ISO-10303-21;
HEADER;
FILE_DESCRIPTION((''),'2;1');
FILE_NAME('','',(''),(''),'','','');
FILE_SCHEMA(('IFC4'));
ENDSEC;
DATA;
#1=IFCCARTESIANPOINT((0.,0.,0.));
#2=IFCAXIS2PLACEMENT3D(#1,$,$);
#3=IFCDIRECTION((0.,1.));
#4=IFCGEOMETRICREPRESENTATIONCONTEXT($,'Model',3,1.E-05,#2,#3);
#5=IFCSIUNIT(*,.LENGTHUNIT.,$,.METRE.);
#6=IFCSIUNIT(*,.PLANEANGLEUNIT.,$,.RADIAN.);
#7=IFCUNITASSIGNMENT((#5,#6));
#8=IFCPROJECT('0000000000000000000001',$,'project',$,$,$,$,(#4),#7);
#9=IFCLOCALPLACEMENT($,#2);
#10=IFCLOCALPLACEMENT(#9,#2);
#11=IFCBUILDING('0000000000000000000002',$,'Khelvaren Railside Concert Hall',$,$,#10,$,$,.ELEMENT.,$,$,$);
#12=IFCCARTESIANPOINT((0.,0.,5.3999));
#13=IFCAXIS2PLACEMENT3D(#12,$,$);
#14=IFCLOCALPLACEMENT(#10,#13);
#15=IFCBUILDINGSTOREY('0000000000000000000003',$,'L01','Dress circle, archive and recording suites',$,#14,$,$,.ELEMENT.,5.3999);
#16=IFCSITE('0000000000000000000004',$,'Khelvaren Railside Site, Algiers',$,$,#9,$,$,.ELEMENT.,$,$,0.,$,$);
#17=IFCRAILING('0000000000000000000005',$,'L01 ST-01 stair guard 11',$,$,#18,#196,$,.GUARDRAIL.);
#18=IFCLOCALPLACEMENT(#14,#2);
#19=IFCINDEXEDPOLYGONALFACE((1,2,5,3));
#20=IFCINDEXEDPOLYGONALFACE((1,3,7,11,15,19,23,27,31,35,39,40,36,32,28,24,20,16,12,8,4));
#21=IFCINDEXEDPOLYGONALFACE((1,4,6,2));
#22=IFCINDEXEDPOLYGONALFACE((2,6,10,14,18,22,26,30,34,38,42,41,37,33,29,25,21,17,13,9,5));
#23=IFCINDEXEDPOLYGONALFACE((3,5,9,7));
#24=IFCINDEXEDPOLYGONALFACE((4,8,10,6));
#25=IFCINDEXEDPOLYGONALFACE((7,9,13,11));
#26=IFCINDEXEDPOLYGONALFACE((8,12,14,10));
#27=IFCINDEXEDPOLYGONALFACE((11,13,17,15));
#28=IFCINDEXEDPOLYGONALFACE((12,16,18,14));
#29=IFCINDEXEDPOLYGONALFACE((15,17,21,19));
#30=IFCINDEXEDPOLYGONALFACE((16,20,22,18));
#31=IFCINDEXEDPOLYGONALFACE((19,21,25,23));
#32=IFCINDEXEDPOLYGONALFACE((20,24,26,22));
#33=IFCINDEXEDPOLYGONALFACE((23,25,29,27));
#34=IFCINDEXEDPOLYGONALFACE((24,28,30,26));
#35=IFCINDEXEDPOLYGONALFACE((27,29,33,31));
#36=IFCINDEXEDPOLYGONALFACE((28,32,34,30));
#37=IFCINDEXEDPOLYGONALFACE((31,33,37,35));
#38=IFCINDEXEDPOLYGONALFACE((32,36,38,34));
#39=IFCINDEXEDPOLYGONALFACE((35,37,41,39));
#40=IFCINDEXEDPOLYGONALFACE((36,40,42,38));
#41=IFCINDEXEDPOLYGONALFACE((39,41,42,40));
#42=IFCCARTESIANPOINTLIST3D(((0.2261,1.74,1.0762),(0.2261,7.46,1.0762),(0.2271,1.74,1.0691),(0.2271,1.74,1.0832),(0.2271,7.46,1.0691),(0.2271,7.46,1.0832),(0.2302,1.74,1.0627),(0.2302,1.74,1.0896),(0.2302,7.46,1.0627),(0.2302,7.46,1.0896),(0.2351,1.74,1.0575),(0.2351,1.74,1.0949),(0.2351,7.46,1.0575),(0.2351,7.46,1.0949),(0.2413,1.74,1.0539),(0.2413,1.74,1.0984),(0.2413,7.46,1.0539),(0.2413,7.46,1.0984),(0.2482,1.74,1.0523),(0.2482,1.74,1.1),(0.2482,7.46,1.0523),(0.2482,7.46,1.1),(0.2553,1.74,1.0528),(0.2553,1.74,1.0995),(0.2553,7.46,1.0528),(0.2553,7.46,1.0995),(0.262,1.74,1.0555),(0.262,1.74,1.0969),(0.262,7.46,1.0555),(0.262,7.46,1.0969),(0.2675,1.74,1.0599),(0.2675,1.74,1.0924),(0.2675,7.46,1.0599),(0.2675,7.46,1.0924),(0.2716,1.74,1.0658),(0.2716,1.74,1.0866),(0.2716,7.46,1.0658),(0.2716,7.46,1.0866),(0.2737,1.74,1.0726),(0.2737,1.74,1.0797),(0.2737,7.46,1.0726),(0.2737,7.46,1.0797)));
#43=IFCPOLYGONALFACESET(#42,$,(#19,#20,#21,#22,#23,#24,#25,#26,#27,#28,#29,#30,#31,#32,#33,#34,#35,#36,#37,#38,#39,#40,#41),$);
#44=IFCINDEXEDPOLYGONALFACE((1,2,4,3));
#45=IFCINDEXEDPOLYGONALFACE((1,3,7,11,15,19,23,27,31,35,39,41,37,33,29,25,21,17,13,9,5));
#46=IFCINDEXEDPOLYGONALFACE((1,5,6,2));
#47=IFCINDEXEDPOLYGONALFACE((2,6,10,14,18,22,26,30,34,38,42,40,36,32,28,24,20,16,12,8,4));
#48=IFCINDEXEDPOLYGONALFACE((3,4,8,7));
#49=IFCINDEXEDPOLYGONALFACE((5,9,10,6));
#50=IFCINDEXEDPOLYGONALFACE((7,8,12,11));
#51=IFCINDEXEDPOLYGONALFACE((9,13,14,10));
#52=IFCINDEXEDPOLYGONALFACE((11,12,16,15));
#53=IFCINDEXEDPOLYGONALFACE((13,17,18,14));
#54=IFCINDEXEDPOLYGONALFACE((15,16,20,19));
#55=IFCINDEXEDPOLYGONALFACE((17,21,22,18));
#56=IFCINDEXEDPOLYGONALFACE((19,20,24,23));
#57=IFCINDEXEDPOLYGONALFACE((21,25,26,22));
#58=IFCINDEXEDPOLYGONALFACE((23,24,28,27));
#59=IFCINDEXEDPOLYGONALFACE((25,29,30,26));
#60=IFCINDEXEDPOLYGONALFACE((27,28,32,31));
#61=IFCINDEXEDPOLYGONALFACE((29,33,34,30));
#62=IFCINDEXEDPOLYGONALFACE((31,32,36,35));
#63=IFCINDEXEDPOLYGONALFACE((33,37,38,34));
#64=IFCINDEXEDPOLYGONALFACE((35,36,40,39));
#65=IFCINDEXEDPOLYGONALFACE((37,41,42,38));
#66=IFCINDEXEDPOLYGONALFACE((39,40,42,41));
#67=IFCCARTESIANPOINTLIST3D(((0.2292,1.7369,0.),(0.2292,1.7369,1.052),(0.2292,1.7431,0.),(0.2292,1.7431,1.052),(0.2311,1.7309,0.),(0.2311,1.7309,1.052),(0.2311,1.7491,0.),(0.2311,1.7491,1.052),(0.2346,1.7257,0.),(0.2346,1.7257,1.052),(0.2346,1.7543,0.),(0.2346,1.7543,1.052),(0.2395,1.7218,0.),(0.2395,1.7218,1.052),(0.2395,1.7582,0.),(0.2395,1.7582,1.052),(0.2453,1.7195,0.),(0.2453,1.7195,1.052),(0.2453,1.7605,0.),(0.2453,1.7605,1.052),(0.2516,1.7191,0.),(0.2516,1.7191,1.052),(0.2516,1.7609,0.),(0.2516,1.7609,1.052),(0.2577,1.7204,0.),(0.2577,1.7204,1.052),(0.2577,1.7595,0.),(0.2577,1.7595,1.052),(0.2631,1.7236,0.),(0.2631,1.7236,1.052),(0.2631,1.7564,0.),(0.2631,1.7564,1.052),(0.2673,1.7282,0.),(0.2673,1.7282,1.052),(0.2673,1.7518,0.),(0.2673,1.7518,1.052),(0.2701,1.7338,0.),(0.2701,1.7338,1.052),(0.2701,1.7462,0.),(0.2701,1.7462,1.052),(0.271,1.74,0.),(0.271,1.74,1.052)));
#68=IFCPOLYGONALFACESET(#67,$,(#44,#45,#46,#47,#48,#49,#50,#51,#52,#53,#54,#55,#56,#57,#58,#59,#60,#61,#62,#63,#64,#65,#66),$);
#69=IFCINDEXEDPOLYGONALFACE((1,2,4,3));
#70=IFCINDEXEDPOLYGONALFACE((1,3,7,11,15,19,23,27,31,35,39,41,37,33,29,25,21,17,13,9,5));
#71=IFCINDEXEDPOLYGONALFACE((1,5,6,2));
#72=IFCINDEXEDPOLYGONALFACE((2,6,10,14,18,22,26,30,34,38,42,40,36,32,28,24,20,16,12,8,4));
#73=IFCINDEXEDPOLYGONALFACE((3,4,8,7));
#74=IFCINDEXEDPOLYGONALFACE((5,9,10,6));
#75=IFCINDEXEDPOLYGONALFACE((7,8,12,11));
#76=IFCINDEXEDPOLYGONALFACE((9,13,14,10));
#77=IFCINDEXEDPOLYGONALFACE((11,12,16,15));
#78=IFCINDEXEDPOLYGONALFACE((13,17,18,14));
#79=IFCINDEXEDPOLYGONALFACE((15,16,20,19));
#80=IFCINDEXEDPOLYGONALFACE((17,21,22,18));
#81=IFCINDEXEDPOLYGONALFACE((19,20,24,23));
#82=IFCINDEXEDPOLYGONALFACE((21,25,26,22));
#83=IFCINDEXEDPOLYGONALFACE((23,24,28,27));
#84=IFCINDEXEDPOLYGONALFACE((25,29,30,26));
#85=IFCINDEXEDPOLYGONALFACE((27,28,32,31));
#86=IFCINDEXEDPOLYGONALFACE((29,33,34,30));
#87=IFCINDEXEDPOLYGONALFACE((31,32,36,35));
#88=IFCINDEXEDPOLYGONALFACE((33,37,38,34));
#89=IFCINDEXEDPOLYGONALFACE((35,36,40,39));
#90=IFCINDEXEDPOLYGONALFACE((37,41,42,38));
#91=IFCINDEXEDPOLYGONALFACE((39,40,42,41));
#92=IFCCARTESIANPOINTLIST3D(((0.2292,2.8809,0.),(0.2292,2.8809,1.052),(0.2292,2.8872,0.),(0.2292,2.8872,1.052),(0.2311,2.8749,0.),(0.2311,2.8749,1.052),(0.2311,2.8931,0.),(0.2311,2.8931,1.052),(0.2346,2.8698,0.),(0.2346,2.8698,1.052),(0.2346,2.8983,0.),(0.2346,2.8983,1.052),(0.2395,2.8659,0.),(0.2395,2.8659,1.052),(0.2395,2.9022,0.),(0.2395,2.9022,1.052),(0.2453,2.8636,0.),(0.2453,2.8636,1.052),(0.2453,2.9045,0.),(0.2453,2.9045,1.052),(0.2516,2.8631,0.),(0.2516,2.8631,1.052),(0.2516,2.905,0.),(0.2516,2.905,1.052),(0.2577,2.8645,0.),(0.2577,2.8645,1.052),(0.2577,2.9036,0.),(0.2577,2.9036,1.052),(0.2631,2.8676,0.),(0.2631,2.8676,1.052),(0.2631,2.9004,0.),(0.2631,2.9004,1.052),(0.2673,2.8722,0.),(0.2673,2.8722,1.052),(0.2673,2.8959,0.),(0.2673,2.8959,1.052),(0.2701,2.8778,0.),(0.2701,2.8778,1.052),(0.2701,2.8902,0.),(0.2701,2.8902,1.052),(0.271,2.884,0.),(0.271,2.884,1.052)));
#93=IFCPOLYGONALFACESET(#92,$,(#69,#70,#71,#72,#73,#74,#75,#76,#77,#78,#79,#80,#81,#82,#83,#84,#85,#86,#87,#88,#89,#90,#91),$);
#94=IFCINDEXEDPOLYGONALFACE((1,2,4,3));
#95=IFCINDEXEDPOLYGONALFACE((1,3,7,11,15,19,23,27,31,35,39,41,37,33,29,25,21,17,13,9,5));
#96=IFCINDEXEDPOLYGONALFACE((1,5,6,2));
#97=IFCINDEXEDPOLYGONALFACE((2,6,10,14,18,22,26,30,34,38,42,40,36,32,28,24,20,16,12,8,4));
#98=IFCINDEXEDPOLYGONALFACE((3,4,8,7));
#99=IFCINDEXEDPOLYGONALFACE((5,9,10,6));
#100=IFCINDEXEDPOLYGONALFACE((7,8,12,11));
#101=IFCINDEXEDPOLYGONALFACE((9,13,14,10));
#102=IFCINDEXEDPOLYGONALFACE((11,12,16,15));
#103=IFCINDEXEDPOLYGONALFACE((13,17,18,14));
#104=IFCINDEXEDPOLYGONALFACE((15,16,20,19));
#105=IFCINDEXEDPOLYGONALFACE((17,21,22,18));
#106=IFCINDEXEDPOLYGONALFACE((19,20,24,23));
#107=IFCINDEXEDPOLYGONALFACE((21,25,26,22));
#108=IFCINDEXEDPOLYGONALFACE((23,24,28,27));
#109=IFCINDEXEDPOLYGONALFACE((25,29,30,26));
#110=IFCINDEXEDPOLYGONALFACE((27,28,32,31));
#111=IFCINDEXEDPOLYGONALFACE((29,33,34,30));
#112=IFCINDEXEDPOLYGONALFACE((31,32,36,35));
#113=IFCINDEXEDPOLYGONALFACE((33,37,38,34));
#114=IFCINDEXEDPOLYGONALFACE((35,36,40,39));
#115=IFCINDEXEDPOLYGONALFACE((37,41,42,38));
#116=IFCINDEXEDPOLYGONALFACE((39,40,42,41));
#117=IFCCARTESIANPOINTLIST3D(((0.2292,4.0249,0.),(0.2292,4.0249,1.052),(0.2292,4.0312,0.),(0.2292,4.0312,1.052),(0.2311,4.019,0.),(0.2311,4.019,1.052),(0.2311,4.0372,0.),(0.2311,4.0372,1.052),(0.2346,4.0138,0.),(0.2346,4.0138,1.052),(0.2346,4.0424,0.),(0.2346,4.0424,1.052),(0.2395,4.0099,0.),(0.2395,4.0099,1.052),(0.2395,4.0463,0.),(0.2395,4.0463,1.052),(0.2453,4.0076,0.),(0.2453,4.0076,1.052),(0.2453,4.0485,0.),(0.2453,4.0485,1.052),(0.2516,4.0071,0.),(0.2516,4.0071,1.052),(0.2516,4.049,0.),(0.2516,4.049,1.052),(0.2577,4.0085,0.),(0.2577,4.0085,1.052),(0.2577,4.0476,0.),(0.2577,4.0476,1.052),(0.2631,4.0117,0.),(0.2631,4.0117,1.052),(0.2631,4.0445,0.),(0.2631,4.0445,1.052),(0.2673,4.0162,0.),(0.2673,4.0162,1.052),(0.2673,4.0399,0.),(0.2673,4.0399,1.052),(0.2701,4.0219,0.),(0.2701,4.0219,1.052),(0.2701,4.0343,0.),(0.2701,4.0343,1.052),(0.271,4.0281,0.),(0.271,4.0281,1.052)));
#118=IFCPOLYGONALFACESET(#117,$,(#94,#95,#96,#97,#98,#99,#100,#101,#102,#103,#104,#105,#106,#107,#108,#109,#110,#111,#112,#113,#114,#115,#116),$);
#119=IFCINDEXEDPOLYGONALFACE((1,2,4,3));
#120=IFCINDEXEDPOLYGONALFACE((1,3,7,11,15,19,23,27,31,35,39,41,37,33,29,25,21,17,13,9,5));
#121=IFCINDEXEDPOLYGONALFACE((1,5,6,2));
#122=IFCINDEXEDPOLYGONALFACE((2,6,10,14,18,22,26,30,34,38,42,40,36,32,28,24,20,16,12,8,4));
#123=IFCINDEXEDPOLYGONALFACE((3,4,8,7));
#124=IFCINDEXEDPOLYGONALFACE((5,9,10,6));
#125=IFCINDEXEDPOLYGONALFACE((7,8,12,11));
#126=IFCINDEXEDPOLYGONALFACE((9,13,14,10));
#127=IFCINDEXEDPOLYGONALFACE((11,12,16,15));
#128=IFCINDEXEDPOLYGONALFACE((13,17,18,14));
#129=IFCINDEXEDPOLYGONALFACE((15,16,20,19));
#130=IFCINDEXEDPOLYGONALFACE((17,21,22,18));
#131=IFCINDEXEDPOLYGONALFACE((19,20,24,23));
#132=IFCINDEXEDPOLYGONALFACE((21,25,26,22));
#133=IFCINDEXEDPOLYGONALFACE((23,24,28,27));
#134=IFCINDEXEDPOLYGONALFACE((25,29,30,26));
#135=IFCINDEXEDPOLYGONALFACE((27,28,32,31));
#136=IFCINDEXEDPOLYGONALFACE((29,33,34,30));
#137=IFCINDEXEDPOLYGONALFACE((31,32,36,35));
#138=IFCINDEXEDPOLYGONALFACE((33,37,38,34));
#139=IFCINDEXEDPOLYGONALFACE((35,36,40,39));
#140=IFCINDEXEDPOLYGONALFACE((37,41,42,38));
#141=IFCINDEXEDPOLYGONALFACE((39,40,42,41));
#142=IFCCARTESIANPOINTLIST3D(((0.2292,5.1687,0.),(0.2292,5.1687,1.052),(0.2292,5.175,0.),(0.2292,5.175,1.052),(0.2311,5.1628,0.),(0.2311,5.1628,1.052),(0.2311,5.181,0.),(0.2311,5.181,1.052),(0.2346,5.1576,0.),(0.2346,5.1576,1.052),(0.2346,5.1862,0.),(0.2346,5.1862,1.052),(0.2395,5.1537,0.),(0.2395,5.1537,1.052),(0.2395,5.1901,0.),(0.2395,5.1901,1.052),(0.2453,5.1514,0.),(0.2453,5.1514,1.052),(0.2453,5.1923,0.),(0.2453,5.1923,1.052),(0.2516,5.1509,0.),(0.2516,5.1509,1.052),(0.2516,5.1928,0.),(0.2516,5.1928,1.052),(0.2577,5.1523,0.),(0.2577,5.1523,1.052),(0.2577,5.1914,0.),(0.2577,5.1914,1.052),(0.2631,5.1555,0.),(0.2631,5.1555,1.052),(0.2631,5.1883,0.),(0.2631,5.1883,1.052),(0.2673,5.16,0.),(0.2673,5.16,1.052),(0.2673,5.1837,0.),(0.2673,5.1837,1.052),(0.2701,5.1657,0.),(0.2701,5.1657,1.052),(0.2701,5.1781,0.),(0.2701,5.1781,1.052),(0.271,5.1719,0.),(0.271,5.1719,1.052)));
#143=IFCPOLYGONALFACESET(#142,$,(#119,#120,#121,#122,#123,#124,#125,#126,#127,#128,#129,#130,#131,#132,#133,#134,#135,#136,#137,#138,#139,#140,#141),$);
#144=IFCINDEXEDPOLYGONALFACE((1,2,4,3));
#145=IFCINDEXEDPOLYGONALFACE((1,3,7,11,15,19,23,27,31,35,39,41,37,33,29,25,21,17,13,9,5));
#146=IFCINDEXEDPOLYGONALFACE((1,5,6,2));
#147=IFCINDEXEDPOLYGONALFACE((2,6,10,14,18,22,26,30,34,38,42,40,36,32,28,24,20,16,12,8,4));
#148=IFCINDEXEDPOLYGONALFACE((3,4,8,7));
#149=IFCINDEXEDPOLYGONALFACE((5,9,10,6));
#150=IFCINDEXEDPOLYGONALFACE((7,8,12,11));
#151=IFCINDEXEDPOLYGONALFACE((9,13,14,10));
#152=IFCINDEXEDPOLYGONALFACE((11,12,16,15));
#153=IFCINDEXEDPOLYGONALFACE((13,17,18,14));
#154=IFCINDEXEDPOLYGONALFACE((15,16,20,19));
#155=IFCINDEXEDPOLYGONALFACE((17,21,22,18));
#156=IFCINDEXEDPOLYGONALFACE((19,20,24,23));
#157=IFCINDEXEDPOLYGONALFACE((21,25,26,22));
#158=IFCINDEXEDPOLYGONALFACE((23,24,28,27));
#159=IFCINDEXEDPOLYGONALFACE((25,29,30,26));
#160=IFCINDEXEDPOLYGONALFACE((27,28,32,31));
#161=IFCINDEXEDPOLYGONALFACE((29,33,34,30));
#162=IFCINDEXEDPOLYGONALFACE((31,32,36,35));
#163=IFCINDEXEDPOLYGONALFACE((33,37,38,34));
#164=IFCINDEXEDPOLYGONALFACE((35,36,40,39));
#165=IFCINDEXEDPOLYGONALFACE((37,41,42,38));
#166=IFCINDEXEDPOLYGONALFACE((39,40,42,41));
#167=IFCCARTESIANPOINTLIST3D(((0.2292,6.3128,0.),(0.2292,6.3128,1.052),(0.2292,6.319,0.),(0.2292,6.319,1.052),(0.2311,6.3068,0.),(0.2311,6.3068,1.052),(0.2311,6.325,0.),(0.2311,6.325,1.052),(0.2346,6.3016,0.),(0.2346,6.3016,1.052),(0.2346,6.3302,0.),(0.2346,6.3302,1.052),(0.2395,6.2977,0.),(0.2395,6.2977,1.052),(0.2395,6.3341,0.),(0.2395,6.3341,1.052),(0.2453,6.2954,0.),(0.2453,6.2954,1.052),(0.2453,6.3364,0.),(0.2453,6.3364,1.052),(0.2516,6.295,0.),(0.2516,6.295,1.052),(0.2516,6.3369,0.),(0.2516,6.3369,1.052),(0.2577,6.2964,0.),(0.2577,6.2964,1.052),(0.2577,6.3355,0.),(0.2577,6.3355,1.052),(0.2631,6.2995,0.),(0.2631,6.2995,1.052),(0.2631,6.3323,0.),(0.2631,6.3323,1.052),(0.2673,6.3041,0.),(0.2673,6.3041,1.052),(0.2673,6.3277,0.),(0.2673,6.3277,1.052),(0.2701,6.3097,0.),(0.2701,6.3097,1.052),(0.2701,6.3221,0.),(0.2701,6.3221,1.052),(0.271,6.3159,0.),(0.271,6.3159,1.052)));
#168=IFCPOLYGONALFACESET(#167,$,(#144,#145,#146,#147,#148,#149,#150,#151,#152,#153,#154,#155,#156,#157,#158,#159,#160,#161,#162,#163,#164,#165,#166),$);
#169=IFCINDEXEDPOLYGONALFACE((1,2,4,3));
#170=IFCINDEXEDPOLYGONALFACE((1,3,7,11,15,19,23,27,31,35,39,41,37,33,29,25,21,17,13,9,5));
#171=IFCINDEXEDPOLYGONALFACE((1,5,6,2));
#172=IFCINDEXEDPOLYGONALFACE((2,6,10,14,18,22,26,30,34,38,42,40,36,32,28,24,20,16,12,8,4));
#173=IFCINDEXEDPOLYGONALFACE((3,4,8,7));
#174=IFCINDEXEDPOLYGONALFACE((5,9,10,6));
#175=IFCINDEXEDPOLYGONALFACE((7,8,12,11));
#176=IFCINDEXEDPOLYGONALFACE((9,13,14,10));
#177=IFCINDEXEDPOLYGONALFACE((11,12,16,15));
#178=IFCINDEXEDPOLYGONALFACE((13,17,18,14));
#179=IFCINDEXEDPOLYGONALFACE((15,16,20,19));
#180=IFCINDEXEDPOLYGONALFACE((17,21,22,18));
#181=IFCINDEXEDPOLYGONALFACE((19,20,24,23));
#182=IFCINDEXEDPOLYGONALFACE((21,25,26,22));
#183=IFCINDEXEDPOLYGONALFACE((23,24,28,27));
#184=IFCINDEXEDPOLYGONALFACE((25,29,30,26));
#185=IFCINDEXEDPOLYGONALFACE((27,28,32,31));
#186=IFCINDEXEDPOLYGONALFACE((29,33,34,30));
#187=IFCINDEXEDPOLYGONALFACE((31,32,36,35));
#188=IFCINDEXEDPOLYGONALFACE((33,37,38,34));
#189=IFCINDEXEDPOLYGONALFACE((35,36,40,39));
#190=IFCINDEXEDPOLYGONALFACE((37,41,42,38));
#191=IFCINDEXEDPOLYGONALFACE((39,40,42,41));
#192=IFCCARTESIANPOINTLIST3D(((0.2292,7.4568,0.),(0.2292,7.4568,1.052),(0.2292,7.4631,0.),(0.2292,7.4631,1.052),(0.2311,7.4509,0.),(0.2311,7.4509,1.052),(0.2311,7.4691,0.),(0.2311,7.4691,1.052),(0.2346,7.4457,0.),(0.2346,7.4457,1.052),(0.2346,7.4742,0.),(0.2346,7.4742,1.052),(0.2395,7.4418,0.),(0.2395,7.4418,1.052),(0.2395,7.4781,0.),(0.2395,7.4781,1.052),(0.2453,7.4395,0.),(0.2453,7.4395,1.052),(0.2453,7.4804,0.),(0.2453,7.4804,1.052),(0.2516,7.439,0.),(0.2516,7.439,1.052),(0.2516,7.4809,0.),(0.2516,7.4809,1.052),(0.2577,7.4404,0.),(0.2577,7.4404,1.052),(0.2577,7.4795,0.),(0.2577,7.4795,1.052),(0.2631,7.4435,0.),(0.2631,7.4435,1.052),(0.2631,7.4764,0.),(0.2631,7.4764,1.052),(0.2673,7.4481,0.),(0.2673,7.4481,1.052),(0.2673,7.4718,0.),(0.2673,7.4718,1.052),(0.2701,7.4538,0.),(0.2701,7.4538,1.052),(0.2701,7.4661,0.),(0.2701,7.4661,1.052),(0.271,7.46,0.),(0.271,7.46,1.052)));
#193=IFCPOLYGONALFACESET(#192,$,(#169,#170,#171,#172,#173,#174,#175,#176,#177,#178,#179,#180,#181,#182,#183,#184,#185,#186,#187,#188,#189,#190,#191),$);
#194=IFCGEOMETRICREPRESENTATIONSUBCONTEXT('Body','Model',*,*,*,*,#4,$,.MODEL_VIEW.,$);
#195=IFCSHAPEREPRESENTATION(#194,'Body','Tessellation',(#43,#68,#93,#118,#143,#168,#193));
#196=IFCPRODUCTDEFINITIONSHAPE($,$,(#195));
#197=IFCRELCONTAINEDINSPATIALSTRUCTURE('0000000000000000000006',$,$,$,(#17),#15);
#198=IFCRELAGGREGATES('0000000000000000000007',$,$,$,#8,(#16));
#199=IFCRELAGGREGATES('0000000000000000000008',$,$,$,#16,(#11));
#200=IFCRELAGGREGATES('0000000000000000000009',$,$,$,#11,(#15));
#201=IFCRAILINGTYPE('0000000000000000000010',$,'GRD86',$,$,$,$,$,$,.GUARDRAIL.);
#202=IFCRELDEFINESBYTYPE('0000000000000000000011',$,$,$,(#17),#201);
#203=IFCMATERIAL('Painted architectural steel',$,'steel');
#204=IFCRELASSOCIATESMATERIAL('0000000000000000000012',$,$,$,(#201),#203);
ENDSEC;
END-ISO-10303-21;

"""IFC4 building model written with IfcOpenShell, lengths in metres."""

from ifc_helpers import new_model, si_unit, direction, frame, origin, origin_2d, place, context, subcontext, project, spatial, circle, extrude, material, type_object, element, save


model = new_model("IFC4")

# Units and contexts
model_context = context("Model", 3, precision=1e-05, world=origin(), true_north=direction((0.0, 1.0)))
body_context = subcontext(model_context, "Body", "Model", "MODEL_VIEW")
ifc_project = project(units=[si_unit("LENGTHUNIT", "METRE"), si_unit("PLANEANGLEUNIT", "RADIAN")], contexts=[model_context])

# Site, building, storey
site_placement = place(None, origin())
site = spatial("IfcSite", under=ifc_project, at=site_placement, Name="Khelvaren Railside Site, Algiers", CompositionType="ELEMENT", RefElevation=0.0)
building_placement = place(site_placement, origin())
building = spatial("IfcBuilding", under=site, at=building_placement, Name="Khelvaren Railside Concert Hall", CompositionType="ELEMENT")
storey_placement = place(building_placement, frame((0.0, 0.0, 5.3999)))
storey = spatial("IfcBuildingStorey", under=building, at=storey_placement, Name="L01", Description="Dress circle, archive and recording suites", CompositionType="ELEMENT", Elevation=5.3999)

# Railing
ifc_material_1 = material(Name="Painted architectural steel", Category="steel")
railing_type_1 = type_object("IfcRailingType", Name="GRD86", PredefinedType="GUARDRAIL", material=ifc_material_1)
for number, where, name in (
    (1, (0.25, 1.74, 0.0), "L01 ST-01 stair guard 11"),
):
    element("IfcRailing", number, at=place(storey_placement, frame(where)), inside=storey, type_object=railing_type_1, Name=name, PredefinedType="GUARDRAIL", context=body_context, shape_type="SweptSolid", body=[
        extrude(circle(Radius=0.0239, at=origin_2d()), frame((0.0, 0.0, 1.0762), z_axis=(0.0, 1.0, 0.0), x_axis=(-1.0, 0.0, 0.0)), (0.0, 0.0, 1.0), 5.72),
        extrude(circle(Radius=0.021, at=origin_2d()), origin(), (0.0, 0.0, 1.0), 1.052),
        extrude(circle(Radius=0.021, at=origin_2d()), frame((0.0, 1.144, 0.0)), (0.0, 0.0, 1.0), 1.052),
        extrude(circle(Radius=0.021, at=origin_2d()), frame((0.0, 2.2881, 0.0)), (0.0, 0.0, 1.0), 1.052),
        extrude(circle(Radius=0.021, at=origin_2d()), frame((0.0, 3.4319, 0.0)), (0.0, 0.0, 1.0), 1.052),
        extrude(circle(Radius=0.021, at=origin_2d()), frame((0.0, 4.5759, 0.0)), (0.0, 0.0, 1.0), 1.052),
        extrude(circle(Radius=0.021, at=origin_2d()), frame((0.0, 5.72, 0.0)), (0.0, 0.0, 1.0), 1.052),
    ])

save(model, "model.ifc")
